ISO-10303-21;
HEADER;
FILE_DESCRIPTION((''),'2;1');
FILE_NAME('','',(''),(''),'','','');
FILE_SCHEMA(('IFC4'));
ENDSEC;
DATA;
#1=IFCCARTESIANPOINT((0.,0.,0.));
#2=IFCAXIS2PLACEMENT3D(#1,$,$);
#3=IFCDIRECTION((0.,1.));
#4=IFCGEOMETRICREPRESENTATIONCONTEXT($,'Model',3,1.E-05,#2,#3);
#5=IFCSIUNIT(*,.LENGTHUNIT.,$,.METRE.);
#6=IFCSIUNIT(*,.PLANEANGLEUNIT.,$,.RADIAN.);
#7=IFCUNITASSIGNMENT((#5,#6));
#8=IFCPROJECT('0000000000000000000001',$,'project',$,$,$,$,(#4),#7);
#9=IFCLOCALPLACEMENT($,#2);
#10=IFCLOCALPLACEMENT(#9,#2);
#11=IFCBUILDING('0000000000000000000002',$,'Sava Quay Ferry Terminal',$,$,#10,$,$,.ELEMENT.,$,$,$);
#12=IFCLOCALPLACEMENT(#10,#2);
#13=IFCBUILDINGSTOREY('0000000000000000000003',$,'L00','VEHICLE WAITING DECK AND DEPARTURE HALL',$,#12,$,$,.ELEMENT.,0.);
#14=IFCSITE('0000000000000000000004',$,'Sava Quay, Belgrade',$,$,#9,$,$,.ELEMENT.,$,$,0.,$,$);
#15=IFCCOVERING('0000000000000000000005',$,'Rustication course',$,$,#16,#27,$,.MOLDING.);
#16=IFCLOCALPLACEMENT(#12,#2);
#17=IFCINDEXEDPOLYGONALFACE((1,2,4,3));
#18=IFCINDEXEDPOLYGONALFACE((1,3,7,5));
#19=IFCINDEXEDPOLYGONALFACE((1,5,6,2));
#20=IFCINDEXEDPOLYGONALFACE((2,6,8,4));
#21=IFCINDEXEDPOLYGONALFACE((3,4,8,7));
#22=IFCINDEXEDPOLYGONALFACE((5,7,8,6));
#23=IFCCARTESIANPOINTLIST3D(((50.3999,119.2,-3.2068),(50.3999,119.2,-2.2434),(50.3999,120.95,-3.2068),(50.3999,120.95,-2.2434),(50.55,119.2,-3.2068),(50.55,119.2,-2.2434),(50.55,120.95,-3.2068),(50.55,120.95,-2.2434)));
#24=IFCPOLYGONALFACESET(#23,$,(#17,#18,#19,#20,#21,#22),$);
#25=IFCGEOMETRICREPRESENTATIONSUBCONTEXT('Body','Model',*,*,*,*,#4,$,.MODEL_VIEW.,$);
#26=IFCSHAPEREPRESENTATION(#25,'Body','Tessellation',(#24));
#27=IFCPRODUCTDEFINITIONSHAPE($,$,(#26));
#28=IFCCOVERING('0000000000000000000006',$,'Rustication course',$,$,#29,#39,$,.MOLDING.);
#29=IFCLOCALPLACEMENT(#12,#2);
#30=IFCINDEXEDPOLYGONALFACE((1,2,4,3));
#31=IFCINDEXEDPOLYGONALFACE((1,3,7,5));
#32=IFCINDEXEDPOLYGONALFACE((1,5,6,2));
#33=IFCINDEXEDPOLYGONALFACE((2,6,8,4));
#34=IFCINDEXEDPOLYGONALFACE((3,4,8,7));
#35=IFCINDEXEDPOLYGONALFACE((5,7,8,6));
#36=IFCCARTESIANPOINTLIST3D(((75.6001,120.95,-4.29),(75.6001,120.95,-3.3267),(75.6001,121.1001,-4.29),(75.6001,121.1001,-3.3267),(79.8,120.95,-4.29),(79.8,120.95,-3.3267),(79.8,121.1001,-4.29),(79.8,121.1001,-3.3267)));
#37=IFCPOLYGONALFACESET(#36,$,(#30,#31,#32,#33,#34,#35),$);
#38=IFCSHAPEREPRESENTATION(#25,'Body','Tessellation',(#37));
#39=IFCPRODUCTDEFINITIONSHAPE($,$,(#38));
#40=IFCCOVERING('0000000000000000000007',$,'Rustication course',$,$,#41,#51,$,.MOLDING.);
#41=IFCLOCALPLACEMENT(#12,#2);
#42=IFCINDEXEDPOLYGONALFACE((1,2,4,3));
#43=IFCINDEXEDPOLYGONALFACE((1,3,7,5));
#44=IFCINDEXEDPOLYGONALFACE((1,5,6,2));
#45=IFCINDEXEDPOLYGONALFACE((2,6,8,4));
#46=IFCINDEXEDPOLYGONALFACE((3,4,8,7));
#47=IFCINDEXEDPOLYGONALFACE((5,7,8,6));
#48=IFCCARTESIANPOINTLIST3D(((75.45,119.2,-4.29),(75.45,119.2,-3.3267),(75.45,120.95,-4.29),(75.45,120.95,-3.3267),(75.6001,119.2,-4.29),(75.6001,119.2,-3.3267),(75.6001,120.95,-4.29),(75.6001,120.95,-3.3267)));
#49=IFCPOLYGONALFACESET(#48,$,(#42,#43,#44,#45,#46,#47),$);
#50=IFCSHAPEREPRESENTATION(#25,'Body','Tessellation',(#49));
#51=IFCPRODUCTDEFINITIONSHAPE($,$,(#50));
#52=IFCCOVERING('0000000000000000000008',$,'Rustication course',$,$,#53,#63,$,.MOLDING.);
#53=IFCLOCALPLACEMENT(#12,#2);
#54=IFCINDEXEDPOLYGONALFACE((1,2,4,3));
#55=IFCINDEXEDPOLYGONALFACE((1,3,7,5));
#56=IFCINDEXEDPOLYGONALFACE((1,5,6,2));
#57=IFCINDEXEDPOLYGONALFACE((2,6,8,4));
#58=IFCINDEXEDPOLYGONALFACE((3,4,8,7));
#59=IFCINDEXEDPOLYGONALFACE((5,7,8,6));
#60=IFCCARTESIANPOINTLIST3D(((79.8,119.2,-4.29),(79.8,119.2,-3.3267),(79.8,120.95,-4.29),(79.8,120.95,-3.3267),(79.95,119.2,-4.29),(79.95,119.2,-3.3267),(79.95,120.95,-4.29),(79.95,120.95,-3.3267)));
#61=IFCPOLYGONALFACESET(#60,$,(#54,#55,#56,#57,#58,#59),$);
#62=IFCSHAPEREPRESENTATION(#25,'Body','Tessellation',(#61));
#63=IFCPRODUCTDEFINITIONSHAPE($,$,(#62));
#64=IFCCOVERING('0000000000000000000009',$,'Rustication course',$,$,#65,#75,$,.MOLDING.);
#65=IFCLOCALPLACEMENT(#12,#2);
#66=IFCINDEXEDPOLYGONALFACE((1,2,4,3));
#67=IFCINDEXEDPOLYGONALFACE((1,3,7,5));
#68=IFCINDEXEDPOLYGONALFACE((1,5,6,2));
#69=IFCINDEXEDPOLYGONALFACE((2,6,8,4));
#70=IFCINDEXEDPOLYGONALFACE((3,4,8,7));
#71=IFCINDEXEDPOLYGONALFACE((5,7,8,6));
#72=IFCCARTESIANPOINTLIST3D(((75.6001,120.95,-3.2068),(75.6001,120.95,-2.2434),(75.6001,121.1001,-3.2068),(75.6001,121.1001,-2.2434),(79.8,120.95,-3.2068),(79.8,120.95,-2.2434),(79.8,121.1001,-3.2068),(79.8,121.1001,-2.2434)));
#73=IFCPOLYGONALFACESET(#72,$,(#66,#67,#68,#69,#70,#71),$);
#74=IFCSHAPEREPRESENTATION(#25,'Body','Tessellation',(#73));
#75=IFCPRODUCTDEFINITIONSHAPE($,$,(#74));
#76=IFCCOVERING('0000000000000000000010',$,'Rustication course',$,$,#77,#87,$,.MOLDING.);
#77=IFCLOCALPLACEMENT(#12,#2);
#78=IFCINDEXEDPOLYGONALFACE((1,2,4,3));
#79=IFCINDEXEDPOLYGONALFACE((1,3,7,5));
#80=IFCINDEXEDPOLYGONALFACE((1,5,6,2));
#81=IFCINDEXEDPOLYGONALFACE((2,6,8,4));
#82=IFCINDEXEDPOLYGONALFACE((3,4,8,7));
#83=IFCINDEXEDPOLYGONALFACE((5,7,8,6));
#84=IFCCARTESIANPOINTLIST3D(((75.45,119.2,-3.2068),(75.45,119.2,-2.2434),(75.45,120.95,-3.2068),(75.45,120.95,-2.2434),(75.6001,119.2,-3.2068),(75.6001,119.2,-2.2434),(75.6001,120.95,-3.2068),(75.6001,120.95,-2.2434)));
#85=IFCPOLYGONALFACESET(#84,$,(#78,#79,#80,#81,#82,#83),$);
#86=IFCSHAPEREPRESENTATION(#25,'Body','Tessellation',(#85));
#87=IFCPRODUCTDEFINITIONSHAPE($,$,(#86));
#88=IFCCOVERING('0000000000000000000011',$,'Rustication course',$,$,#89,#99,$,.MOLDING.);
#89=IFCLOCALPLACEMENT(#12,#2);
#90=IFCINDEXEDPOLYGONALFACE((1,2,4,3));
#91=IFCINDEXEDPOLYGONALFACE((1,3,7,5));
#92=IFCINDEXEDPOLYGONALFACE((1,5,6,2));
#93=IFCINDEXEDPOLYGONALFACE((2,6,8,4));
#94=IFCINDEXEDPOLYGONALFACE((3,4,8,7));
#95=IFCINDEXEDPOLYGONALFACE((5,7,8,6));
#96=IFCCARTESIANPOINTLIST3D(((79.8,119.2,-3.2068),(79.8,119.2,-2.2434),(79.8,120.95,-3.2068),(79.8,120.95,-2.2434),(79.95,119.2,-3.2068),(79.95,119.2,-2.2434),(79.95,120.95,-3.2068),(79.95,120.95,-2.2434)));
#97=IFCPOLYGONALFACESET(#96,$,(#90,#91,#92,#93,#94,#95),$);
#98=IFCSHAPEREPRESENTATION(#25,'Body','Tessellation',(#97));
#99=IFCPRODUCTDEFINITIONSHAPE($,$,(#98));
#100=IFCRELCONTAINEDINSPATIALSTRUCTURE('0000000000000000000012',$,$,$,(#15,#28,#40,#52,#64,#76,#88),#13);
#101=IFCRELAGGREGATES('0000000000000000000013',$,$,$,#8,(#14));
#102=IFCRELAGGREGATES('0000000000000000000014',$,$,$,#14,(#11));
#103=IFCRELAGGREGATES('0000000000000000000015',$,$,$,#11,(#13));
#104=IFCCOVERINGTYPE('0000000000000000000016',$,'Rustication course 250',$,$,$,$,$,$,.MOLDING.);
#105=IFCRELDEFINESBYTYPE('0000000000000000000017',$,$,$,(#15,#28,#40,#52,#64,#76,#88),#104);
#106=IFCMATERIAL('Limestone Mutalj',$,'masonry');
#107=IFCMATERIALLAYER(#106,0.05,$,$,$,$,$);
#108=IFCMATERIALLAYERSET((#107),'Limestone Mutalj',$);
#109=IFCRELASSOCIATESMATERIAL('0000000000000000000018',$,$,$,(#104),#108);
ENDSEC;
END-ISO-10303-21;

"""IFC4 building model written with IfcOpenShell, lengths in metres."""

from ifc_helpers import new_model, si_unit, direction, frame, origin, place, context, subcontext, project, spatial, polyline, outline, extrude, material, layer, layer_set, type_object, element, save


model = new_model("IFC4")

# Units and contexts
model_context = context("Model", 3, precision=1e-05, world=origin(), true_north=direction((0.0, 1.0)))
body_context = subcontext(model_context, "Body", "Model", "MODEL_VIEW")
ifc_project = project(units=[si_unit("LENGTHUNIT", "METRE"), si_unit("PLANEANGLEUNIT", "RADIAN")], contexts=[model_context])

# Site, building, storey
site_placement = place(None, origin())
site = spatial("IfcSite", under=ifc_project, at=site_placement, Name="Sava Quay, Belgrade", CompositionType="ELEMENT", RefElevation=0.0)
building_placement = place(site_placement, origin())
building = spatial("IfcBuilding", under=site, at=building_placement, Name="Sava Quay Ferry Terminal", CompositionType="ELEMENT")
storey_placement = place(building_placement, origin())
storey = spatial("IfcBuildingStorey", under=building, at=storey_placement, Name="L00", Description="VEHICLE WAITING DECK AND DEPARTURE HALL", CompositionType="ELEMENT", Elevation=0.0)

# Coverings
ifc_material_1 = material(Name="Limestone Mutalj", Category="masonry")
ifc_layer_1 = layer(ifc_material_1, 0.05)
ifc_layer_set_1 = layer_set([ifc_layer_1], Name="Limestone Mutalj")
covering_type_1 = type_object("IfcCoveringType", Name="Rustication course 250", PredefinedType="MOLDING", material=ifc_layer_set_1)
covering_1_placement = place(storey_placement, frame((0.0, 0.0, -3.2068)))
element("IfcCovering", 1, at=covering_1_placement, inside=storey, type_object=covering_type_1, Name="Rustication course", PredefinedType="MOLDING", context=body_context, shape_type="SweptSolid", body=[
    extrude(outline(polyline([(50.3999, 119.2), (50.55, 119.2), (50.55, 120.95), (50.3999, 120.95), (50.3999, 119.2)])), origin(), (0.0, 0.0, 1.0), 0.9634),
])
covering_2_placement = place(storey_placement, frame((0.0, 0.0, -4.29)))
element("IfcCovering", 2, at=covering_2_placement, inside=storey, type_object=covering_type_1, Name="Rustication course", PredefinedType="MOLDING", context=body_context, shape_type="SweptSolid", body=[
    extrude(outline(polyline([(75.6001, 120.95), (79.8, 120.95), (79.8, 121.1001), (75.6001, 121.1001), (75.6001, 120.95)])), origin(), (0.0, 0.0, 1.0), 0.9634),
])
covering_3_placement = place(storey_placement, frame((0.0, 0.0, -4.29)))
element("IfcCovering", 3, at=covering_3_placement, inside=storey, type_object=covering_type_1, Name="Rustication course", PredefinedType="MOLDING", context=body_context, shape_type="SweptSolid", body=[
    extrude(outline(polyline([(75.45, 119.2), (75.6001, 119.2), (75.6001, 120.95), (75.45, 120.95), (75.45, 119.2)])), origin(), (0.0, 0.0, 1.0), 0.9634),
])
covering_4_placement = place(storey_placement, frame((0.0, 0.0, -4.29)))
element("IfcCovering", 4, at=covering_4_placement, inside=storey, type_object=covering_type_1, Name="Rustication course", PredefinedType="MOLDING", context=body_context, shape_type="SweptSolid", body=[
    extrude(outline(polyline([(79.8, 119.2), (79.95, 119.2), (79.95, 120.95), (79.8, 120.95), (79.8, 119.2)])), origin(), (0.0, 0.0, 1.0), 0.9634),
])
covering_5_placement = place(storey_placement, frame((0.0, 0.0, -3.2068)))
element("IfcCovering", 5, at=covering_5_placement, inside=storey, type_object=covering_type_1, Name="Rustication course", PredefinedType="MOLDING", context=body_context, shape_type="SweptSolid", body=[
    extrude(outline(polyline([(75.6001, 120.95), (79.8, 120.95), (79.8, 121.1001), (75.6001, 121.1001), (75.6001, 120.95)])), origin(), (0.0, 0.0, 1.0), 0.9634),
])
covering_6_placement = place(storey_placement, frame((0.0, 0.0, -3.2068)))
element("IfcCovering", 6, at=covering_6_placement, inside=storey, type_object=covering_type_1, Name="Rustication course", PredefinedType="MOLDING", context=body_context, shape_type="SweptSolid", body=[
    extrude(outline(polyline([(75.45, 119.2), (75.6001, 119.2), (75.6001, 120.95), (75.45, 120.95), (75.45, 119.2)])), origin(), (0.0, 0.0, 1.0), 0.9634),
])
covering_7_placement = place(storey_placement, frame((0.0, 0.0, -3.2068)))
element("IfcCovering", 7, at=covering_7_placement, inside=storey, type_object=covering_type_1, Name="Rustication course", PredefinedType="MOLDING", context=body_context, shape_type="SweptSolid", body=[
    extrude(outline(polyline([(79.8, 119.2), (79.95, 119.2), (79.95, 120.95), (79.8, 120.95), (79.8, 119.2)])), origin(), (0.0, 0.0, 1.0), 0.9634),
])

save(model, "model.ifc")
